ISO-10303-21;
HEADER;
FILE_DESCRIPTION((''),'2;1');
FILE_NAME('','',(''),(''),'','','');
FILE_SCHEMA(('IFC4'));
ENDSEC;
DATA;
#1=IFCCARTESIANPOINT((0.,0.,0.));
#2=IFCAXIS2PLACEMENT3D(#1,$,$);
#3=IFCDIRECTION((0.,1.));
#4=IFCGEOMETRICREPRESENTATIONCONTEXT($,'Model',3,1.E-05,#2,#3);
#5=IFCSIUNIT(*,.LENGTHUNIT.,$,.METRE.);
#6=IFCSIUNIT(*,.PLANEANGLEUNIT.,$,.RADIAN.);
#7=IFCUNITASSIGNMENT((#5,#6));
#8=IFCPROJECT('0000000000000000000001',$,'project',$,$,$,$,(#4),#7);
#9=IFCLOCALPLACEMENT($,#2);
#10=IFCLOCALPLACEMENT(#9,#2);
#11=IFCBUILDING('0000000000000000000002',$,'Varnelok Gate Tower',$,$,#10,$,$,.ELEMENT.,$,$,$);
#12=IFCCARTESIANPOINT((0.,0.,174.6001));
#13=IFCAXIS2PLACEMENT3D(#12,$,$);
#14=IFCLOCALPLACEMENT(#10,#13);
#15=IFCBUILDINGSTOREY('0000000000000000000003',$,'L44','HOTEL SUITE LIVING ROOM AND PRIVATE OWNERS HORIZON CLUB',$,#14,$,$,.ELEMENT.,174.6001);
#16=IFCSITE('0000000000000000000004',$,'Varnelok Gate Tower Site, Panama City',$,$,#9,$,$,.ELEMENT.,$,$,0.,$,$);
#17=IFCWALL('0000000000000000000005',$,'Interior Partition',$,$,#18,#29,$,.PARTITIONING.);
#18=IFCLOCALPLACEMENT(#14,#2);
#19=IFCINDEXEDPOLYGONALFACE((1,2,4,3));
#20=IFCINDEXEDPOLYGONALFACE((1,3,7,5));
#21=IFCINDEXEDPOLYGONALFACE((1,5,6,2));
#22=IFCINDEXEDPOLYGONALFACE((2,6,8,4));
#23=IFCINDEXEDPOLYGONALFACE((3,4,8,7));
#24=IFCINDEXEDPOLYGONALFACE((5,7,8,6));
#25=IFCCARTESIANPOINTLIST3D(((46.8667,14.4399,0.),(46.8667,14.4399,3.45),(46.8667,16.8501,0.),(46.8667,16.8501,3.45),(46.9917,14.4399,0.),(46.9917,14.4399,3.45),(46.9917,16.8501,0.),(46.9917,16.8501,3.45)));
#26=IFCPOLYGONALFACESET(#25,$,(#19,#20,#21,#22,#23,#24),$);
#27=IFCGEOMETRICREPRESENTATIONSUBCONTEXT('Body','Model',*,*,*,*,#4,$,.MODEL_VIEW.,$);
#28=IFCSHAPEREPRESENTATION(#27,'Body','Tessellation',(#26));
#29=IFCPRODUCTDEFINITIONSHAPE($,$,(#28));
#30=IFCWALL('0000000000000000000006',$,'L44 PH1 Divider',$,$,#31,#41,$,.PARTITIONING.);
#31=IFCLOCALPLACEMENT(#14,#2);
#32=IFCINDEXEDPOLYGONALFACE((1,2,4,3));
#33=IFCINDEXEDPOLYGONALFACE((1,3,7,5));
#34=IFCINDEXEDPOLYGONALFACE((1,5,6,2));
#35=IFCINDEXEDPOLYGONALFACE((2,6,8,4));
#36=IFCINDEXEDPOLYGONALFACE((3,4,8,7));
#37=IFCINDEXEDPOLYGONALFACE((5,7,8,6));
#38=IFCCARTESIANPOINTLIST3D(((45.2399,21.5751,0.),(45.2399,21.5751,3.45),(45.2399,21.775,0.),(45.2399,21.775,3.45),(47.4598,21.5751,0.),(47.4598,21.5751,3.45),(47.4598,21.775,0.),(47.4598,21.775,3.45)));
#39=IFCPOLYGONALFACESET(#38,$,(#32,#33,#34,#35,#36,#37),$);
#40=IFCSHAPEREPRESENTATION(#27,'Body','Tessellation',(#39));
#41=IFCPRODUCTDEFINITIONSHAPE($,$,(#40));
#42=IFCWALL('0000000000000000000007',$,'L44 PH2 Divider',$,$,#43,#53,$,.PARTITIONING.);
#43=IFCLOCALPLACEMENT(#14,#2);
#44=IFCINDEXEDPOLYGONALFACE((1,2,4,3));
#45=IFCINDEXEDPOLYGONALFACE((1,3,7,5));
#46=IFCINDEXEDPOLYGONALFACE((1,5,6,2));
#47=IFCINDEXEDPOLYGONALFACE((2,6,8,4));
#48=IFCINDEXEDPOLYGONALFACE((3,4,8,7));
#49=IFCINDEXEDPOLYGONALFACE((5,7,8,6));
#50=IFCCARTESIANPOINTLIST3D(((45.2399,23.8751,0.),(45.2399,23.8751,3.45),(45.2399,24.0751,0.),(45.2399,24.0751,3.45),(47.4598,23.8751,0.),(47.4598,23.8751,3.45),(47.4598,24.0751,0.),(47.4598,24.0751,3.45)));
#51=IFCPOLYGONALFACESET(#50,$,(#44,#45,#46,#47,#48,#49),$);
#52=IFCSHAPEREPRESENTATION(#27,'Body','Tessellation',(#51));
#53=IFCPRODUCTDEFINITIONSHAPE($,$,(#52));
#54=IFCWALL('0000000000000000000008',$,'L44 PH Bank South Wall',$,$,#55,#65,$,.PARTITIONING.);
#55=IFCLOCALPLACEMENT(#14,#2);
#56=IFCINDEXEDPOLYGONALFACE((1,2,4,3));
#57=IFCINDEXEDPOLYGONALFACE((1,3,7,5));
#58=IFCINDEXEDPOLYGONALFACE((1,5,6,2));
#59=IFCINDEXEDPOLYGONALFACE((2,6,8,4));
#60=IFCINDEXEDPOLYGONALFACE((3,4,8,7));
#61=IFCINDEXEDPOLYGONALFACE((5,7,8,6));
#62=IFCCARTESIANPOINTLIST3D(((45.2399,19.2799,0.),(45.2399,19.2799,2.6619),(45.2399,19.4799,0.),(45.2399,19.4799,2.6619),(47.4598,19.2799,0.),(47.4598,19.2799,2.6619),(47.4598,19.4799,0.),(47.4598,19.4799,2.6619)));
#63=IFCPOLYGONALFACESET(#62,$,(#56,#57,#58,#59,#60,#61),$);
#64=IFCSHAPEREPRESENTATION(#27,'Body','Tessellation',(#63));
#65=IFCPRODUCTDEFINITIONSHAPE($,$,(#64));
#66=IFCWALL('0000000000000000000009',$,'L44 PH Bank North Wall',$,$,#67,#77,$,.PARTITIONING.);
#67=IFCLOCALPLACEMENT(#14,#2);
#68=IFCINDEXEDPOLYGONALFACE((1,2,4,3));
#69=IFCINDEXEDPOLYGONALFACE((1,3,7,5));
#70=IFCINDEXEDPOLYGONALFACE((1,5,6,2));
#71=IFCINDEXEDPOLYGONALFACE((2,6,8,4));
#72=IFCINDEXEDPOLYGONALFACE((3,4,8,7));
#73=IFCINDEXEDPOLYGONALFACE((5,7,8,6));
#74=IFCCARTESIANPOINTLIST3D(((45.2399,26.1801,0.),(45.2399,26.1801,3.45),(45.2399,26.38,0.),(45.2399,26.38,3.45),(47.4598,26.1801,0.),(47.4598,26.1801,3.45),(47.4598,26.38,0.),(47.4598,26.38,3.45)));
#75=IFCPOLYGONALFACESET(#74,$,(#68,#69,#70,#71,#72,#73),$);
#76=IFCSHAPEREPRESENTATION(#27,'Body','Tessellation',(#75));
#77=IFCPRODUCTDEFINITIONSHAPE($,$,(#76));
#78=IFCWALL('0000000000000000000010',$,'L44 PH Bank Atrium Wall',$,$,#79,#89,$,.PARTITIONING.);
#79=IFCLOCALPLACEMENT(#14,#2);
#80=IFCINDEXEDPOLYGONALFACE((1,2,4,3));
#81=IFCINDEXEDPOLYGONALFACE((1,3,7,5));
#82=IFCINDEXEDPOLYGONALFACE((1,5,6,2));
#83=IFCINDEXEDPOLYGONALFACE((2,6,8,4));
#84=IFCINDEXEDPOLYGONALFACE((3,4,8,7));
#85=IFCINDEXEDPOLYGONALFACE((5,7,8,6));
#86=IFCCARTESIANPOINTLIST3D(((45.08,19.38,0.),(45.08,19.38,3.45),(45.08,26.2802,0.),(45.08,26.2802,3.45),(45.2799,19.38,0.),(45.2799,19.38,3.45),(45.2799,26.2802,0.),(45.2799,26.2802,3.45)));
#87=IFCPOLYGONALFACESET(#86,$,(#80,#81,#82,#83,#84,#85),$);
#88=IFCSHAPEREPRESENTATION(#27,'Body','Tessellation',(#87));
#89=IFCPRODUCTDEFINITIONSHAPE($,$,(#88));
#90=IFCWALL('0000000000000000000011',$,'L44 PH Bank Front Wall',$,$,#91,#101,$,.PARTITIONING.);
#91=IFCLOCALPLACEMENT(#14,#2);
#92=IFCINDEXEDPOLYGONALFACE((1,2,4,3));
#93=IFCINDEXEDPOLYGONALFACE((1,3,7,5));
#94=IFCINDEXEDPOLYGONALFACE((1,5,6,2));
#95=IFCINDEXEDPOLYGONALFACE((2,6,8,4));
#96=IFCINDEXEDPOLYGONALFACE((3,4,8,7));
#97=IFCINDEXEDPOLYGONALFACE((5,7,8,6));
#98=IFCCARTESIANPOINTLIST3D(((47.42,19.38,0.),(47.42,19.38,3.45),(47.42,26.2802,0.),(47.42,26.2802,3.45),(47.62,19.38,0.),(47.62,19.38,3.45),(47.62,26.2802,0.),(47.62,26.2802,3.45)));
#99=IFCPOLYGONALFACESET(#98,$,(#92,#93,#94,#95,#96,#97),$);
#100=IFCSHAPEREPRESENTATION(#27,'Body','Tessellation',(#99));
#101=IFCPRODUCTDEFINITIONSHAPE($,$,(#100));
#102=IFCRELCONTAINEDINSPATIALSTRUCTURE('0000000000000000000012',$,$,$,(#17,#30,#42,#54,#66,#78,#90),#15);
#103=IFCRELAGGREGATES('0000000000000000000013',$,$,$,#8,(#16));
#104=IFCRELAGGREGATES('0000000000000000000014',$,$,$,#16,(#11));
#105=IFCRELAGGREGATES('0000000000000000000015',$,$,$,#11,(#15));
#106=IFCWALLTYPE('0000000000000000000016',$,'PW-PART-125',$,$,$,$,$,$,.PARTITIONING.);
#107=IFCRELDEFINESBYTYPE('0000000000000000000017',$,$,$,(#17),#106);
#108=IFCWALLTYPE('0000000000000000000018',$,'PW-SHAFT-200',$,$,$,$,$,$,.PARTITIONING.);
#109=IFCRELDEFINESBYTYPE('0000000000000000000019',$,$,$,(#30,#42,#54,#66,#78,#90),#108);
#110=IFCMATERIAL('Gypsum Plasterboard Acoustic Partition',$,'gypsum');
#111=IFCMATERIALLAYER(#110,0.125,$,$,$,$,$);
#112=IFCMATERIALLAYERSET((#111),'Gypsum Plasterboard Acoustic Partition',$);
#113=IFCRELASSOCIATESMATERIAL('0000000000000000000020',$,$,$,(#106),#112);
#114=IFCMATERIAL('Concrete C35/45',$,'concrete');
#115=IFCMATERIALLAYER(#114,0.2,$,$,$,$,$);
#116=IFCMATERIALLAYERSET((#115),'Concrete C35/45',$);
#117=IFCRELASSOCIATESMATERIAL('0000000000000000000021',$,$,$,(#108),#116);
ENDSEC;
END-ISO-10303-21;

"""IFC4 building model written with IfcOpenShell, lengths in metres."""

from ifc_helpers import new_model, si_unit, direction, frame, frame_2d, origin, place, context, subcontext, project, spatial, rectangle, extrude, material, layer, layer_set, type_object, element, save


model = new_model("IFC4")

# Units and contexts
model_context = context("Model", 3, precision=1e-05, world=origin(), true_north=direction((0.0, 1.0)))
body_context = subcontext(model_context, "Body", "Model", "MODEL_VIEW")
ifc_project = project(units=[si_unit("LENGTHUNIT", "METRE"), si_unit("PLANEANGLEUNIT", "RADIAN")], contexts=[model_context])

# Site, building, storey
site_placement = place(None, origin())
site = spatial("IfcSite", under=ifc_project, at=site_placement, Name="Varnelok Gate Tower Site, Panama City", CompositionType="ELEMENT", RefElevation=0.0)
building_placement = place(site_placement, origin())
building = spatial("IfcBuilding", under=site, at=building_placement, Name="Varnelok Gate Tower", CompositionType="ELEMENT")
storey_placement = place(building_placement, frame((0.0, 0.0, 174.6001)))
storey = spatial("IfcBuildingStorey", under=building, at=storey_placement, Name="L44", Description="HOTEL SUITE LIVING ROOM AND PRIVATE OWNERS HORIZON CLUB", CompositionType="ELEMENT", Elevation=174.6001)

# Shared definitions
ifc_material_1 = material(Name="Gypsum Plasterboard Acoustic Partition", Category="gypsum")

# Walls
ifc_layer_1 = layer(ifc_material_1, 0.125)
ifc_layer_set_1 = layer_set([ifc_layer_1], Name="Gypsum Plasterboard Acoustic Partition")
wall_type_1 = type_object("IfcWallType", Name="PW-PART-125", PredefinedType="PARTITIONING", material=ifc_layer_set_1)
wall_1_placement = place(storey_placement, frame((46.9292, 14.4399, 0.0), z_axis=(0.0, 0.0, 1.0), x_axis=(0.0, 1.0, 0.0)))
element("IfcWall", 1, at=wall_1_placement, inside=storey, type_object=wall_type_1, Name="Interior Partition", PredefinedType="PARTITIONING", context=body_context, shape_type="SweptSolid", body=[
    extrude(rectangle(XDim=2.4102, YDim=0.125, at=frame_2d((1.2051, 0.0))), origin(), (0.0, 0.0, 1.0), 3.45),
])
ifc_material_2 = material(Name="Concrete C35/45", Category="concrete")
ifc_layer_2 = layer(ifc_material_2, 0.2)
ifc_layer_set_2 = layer_set([ifc_layer_2], Name="Concrete C35/45")
wall_type_2 = type_object("IfcWallType", Name="PW-SHAFT-200", PredefinedType="PARTITIONING", material=ifc_layer_set_2)
for number, where, z_axis, x_axis, name in (
    (2, (45.24, 21.675, 0.0), (0.0, 0.0, 1.0), (1.0, 0.0, 0.0), "L44 PH1 Divider"),
    (3, (45.24, 23.9751, 0.0), (0.0, 0.0, 1.0), (1.0, 0.0, 0.0), "L44 PH2 Divider"),
):
    element("IfcWall", number, at=place(storey_placement, frame(where, z_axis=z_axis, x_axis=x_axis)), inside=storey, type_object=wall_type_2, Name=name, PredefinedType="PARTITIONING", context=body_context, shape_type="SweptSolid", body=[
        extrude(rectangle(XDim=2.22, YDim=0.2, at=frame_2d((1.1099, 0.0))), origin(), (0.0, 0.0, 1.0), 3.45),
    ])
wall_2_placement = place(storey_placement, frame((45.24, 19.3799, 0.0), z_axis=(0.0, 0.0, 1.0), x_axis=(1.0, 0.0, 0.0)))
element("IfcWall", 4, at=wall_2_placement, inside=storey, type_object=wall_type_2, Name="L44 PH Bank South Wall", PredefinedType="PARTITIONING", context=body_context, shape_type="SweptSolid", body=[
    extrude(rectangle(XDim=2.22, YDim=0.2, at=frame_2d((1.1099, 0.0))), origin(), (0.0, 0.0, 1.0), 2.6619),
])
wall_3_placement = place(storey_placement, frame((45.24, 26.28, 0.0), z_axis=(0.0, 0.0, 1.0), x_axis=(1.0, 0.0, 0.0)))
element("IfcWall", 5, at=wall_3_placement, inside=storey, type_object=wall_type_2, Name="L44 PH Bank North Wall", PredefinedType="PARTITIONING", context=body_context, shape_type="SweptSolid", body=[
    extrude(rectangle(XDim=2.22, YDim=0.2, at=frame_2d((1.1099, 0.0))), origin(), (0.0, 0.0, 1.0), 3.45),
])
for number, where, z_axis, x_axis, name in (
    (6, (45.1799, 19.3799, 0.0), (0.0, 0.0, 1.0), (0.0, 1.0, 0.0), "L44 PH Bank Atrium Wall"),
    (7, (47.52, 19.3799, 0.0), (0.0, 0.0, 1.0), (0.0, 1.0, 0.0), "L44 PH Bank Front Wall"),
):
    element("IfcWall", number, at=place(storey_placement, frame(where, z_axis=z_axis, x_axis=x_axis)), inside=storey, type_object=wall_type_2, Name=name, PredefinedType="PARTITIONING", context=body_context, shape_type="SweptSolid", body=[
        extrude(rectangle(XDim=6.9001, YDim=0.2, at=frame_2d((3.4502, 0.0))), origin(), (0.0, 0.0, 1.0), 3.45),
    ])

save(model, "model.ifc")
